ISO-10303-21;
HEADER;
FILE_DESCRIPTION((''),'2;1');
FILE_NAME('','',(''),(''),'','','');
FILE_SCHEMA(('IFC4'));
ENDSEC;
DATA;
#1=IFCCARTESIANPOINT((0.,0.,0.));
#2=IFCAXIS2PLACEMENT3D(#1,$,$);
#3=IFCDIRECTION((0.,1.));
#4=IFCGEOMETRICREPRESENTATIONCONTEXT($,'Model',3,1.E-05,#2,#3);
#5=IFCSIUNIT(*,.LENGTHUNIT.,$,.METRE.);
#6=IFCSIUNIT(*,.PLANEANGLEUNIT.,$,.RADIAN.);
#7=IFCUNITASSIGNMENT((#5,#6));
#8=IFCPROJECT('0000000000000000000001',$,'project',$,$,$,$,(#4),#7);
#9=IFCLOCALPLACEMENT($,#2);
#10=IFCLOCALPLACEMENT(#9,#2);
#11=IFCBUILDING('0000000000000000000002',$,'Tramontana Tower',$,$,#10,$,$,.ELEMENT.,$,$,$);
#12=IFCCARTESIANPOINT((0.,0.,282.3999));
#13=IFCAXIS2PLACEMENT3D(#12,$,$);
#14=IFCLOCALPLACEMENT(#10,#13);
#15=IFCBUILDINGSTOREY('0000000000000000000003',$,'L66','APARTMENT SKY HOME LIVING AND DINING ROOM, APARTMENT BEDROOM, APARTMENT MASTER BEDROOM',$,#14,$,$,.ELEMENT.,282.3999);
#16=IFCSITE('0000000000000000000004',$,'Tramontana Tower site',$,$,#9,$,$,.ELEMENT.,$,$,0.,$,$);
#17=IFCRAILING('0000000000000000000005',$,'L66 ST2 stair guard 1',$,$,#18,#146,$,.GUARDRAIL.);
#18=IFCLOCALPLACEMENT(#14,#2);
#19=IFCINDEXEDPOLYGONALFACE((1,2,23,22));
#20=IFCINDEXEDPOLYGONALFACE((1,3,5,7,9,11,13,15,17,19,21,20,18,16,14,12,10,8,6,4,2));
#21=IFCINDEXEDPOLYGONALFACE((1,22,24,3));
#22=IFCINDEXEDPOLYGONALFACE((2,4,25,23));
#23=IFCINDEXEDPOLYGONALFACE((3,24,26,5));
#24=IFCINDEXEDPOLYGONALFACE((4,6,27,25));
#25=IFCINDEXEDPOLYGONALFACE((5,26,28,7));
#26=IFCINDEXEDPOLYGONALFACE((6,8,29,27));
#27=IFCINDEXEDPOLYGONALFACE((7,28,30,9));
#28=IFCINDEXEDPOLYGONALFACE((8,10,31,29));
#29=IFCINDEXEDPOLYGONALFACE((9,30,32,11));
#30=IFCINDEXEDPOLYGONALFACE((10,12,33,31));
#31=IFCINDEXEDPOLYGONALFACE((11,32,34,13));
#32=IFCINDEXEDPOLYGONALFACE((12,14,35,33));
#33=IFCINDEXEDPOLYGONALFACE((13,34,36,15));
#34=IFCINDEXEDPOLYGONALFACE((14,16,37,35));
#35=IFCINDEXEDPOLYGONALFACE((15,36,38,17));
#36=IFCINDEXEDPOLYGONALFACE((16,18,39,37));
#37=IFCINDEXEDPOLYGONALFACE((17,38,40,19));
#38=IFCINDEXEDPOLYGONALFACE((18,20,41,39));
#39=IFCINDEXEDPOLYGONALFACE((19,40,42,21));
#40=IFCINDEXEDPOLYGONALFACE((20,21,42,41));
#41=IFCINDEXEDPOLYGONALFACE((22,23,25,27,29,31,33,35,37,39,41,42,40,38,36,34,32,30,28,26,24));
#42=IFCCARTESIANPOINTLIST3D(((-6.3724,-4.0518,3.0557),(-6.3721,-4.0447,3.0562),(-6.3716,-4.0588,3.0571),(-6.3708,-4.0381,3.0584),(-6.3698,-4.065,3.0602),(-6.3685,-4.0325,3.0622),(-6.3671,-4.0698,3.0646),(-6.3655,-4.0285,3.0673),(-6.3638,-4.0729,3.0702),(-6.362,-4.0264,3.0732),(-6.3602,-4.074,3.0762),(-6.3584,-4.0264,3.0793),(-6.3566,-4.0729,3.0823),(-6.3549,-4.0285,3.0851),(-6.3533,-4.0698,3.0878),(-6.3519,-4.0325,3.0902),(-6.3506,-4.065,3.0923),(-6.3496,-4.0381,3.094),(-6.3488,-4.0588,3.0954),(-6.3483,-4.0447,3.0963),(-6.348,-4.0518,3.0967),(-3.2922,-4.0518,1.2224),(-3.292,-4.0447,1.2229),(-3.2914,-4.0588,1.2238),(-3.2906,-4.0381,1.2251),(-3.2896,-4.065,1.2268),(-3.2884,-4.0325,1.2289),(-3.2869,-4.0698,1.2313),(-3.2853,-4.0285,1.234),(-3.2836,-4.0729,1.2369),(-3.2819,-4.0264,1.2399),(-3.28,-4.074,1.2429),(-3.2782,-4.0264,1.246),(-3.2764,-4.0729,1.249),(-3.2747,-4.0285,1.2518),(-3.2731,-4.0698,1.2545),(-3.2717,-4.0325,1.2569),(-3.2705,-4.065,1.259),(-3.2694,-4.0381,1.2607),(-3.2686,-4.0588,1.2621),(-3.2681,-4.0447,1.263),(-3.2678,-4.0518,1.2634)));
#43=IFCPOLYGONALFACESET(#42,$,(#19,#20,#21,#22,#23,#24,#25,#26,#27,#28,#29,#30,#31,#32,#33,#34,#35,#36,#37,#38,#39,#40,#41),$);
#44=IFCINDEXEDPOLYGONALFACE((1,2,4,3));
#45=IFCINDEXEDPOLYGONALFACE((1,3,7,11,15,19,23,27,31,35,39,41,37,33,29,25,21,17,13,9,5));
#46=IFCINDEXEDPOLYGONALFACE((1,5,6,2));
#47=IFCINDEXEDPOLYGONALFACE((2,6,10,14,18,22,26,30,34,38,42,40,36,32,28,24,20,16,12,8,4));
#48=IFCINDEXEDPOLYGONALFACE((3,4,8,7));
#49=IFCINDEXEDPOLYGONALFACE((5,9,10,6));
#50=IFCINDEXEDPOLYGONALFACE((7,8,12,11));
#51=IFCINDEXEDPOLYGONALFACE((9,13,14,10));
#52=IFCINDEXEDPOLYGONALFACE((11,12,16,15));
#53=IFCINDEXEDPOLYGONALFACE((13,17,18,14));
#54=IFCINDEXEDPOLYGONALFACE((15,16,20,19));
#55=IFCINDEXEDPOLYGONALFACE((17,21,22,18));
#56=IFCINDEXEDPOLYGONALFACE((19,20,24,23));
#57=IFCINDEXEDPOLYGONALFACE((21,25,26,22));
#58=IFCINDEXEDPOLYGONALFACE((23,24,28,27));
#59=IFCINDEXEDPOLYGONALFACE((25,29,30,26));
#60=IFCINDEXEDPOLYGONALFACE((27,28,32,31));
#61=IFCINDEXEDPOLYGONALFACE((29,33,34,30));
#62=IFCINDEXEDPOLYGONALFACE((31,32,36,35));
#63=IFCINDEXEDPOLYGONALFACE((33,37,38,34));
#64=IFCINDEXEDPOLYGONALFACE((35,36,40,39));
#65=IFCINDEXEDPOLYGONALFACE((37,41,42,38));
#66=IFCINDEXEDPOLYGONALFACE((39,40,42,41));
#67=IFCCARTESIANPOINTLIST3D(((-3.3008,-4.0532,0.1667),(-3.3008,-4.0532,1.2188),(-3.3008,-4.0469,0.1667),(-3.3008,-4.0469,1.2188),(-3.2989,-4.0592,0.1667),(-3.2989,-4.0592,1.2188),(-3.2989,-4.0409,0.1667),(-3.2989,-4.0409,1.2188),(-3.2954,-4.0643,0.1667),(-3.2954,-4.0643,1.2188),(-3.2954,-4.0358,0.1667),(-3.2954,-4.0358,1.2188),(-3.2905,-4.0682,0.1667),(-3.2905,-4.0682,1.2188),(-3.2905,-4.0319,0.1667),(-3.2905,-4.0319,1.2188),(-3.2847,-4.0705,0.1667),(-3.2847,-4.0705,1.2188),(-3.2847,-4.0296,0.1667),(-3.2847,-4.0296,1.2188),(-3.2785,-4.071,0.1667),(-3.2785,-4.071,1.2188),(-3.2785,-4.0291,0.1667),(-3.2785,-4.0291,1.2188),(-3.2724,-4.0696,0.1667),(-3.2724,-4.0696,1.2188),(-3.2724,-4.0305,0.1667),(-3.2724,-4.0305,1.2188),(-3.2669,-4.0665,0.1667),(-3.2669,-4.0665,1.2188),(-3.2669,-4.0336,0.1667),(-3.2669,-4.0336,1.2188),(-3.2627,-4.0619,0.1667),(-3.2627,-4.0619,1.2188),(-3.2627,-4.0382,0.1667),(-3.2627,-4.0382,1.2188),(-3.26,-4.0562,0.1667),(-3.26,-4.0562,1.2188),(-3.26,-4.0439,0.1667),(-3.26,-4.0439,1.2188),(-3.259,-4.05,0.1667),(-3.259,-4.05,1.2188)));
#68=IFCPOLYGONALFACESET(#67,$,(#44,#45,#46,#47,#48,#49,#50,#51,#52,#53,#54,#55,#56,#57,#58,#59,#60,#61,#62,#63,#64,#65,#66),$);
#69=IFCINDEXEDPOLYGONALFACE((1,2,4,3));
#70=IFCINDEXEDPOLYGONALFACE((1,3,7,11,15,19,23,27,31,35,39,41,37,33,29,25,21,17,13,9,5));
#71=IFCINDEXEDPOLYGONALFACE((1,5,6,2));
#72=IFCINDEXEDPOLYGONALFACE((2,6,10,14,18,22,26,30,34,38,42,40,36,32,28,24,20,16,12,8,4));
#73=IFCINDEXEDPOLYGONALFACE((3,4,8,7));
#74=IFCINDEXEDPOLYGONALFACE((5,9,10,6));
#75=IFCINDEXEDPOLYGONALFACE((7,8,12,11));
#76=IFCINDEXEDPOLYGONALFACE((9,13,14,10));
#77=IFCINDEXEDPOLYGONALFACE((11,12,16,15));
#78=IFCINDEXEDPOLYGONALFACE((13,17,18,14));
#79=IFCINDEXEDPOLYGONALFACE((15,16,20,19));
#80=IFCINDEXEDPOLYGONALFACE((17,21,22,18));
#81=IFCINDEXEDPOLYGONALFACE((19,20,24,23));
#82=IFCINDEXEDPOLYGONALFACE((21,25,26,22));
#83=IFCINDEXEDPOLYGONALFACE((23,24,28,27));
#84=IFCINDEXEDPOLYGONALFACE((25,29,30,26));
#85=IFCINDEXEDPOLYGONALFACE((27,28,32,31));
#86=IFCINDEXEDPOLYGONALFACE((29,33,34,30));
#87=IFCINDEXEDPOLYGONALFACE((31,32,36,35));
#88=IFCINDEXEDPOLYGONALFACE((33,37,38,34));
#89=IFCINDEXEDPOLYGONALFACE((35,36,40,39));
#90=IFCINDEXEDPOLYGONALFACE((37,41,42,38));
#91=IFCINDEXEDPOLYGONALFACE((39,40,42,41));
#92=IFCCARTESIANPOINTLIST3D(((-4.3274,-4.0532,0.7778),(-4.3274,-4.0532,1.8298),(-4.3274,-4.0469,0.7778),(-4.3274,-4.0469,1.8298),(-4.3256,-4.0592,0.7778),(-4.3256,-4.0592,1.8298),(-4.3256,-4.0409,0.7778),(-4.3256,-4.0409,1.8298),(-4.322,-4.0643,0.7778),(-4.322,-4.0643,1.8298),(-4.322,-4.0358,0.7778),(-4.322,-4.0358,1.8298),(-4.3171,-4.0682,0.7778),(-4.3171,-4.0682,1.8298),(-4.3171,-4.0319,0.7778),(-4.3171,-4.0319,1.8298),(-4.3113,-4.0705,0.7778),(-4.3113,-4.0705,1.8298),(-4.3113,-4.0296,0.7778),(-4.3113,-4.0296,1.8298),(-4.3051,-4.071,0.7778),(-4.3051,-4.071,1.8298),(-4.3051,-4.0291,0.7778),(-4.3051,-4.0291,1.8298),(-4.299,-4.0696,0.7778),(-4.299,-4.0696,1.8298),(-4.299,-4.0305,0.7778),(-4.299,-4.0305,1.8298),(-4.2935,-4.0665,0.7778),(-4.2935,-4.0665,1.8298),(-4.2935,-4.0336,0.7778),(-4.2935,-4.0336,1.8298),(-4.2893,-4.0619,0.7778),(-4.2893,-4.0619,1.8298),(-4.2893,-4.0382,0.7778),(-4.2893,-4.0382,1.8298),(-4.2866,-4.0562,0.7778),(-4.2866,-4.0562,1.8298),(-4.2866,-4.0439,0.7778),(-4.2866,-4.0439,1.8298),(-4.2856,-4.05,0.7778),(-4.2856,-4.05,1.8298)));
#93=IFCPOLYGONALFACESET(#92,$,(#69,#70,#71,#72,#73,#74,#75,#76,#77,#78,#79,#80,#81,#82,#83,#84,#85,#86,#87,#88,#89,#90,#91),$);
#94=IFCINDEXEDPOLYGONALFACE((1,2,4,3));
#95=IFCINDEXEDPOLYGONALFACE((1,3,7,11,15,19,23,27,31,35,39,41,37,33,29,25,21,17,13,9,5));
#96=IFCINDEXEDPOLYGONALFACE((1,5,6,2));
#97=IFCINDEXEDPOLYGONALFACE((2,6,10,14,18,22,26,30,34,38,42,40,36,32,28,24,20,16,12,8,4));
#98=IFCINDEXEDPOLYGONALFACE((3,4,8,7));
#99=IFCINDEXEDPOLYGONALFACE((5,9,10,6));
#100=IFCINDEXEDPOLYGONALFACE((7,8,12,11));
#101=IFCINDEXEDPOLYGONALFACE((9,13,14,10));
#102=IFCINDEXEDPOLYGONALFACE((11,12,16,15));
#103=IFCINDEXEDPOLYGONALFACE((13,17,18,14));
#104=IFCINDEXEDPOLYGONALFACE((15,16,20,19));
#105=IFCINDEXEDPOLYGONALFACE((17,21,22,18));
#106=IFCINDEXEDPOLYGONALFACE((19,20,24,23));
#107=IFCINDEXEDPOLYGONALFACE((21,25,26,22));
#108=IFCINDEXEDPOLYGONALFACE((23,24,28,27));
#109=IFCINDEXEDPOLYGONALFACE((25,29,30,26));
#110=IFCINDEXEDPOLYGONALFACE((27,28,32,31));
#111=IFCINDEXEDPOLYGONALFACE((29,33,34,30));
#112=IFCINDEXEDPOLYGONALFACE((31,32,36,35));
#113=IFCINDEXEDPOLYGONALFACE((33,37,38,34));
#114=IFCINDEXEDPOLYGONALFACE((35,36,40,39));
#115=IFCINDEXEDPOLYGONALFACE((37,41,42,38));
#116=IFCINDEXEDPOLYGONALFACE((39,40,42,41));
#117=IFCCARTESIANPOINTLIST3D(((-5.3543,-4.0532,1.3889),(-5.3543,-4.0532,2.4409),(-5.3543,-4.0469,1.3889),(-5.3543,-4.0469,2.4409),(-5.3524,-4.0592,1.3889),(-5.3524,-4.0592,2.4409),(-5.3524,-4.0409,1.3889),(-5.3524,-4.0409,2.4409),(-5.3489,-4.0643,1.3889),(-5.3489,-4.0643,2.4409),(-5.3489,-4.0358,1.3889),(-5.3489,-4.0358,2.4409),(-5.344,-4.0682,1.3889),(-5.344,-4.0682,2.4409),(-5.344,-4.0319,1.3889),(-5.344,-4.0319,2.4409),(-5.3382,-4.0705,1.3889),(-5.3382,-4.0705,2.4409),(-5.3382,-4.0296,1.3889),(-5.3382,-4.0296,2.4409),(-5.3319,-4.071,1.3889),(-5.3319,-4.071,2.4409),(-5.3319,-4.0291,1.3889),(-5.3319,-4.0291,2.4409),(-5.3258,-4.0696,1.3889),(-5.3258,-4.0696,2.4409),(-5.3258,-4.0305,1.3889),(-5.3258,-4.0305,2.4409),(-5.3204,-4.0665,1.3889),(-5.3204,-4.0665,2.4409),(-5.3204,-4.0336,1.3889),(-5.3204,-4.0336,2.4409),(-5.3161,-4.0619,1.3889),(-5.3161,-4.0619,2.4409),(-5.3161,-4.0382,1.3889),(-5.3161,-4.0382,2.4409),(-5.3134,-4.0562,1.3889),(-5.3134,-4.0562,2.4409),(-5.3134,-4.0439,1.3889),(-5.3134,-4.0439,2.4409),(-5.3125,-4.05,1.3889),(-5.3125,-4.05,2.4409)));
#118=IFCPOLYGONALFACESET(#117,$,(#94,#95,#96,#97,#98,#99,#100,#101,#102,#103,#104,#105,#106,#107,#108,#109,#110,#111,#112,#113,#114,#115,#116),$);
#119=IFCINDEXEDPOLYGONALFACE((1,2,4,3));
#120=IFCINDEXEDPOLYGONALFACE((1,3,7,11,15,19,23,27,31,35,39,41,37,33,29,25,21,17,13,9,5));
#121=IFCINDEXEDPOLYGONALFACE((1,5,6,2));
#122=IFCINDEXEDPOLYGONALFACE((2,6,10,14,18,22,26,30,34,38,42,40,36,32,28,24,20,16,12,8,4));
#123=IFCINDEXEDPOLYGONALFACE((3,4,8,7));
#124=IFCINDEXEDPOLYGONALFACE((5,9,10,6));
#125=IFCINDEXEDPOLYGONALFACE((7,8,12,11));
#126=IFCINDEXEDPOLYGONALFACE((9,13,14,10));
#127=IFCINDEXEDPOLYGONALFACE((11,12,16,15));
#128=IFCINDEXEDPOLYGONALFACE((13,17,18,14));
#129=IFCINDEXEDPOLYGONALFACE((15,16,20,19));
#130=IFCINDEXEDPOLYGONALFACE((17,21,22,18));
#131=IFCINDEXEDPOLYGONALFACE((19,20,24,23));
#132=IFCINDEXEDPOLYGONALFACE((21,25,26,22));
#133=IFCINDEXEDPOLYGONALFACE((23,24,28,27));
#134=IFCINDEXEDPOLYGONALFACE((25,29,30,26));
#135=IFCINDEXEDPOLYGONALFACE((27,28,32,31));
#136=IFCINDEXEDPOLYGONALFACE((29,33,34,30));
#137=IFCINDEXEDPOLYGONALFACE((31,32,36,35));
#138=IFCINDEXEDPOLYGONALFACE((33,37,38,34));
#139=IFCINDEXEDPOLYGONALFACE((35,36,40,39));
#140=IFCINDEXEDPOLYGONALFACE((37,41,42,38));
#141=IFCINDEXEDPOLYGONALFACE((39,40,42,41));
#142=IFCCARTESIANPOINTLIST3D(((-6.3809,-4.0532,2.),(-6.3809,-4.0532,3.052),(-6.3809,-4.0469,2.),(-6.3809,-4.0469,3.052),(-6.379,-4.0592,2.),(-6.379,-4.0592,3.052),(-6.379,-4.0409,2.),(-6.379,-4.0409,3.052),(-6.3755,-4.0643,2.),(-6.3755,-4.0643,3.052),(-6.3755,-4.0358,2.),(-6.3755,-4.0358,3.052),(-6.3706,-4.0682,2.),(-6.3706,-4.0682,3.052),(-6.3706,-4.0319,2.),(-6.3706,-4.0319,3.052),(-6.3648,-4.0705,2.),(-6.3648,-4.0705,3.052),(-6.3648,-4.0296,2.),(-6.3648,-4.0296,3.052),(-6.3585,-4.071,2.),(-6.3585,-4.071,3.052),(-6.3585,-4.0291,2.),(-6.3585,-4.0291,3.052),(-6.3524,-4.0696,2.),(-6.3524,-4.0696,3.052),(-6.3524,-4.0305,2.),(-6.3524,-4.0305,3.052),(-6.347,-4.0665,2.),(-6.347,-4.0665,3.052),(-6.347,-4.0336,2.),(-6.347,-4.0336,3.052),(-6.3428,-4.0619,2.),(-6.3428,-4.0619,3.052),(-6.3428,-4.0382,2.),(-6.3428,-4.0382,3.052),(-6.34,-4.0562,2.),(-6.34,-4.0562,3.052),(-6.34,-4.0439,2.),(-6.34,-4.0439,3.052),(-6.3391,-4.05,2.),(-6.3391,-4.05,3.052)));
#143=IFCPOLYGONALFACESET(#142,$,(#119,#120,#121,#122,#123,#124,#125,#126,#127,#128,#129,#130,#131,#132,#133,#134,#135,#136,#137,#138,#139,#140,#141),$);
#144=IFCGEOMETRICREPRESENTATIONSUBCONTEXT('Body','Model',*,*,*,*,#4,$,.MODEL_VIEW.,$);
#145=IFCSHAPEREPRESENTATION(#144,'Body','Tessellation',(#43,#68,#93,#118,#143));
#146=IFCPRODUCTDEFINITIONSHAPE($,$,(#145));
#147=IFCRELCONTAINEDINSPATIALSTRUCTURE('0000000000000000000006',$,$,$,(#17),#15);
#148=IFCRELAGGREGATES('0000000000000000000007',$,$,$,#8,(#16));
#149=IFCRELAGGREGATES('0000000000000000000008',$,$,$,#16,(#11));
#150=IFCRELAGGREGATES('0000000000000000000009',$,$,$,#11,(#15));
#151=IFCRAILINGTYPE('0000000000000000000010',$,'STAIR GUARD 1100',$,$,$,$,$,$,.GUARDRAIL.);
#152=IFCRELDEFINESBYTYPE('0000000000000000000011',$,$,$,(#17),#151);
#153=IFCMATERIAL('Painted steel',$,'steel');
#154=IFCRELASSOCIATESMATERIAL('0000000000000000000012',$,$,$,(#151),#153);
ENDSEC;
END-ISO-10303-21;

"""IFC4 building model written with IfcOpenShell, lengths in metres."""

from ifc_helpers import new_model, si_unit, direction, frame, origin, origin_2d, place, context, subcontext, project, spatial, circle, extrude, material, type_object, element, save


model = new_model("IFC4")

# Units and contexts
model_context = context("Model", 3, precision=1e-05, world=origin(), true_north=direction((0.0, 1.0)))
body_context = subcontext(model_context, "Body", "Model", "MODEL_VIEW")
ifc_project = project(units=[si_unit("LENGTHUNIT", "METRE"), si_unit("PLANEANGLEUNIT", "RADIAN")], contexts=[model_context])

# Site, building, storey
site_placement = place(None, origin())
site = spatial("IfcSite", under=ifc_project, at=site_placement, Name="Tramontana Tower site", CompositionType="ELEMENT", RefElevation=0.0)
building_placement = place(site_placement, origin())
building = spatial("IfcBuilding", under=site, at=building_placement, Name="Tramontana Tower", CompositionType="ELEMENT")
storey_placement = place(building_placement, frame((0.0, 0.0, 282.3999)))
storey = spatial("IfcBuildingStorey", under=building, at=storey_placement, Name="L66", Description="APARTMENT SKY HOME LIVING AND DINING ROOM, APARTMENT BEDROOM, APARTMENT MASTER BEDROOM", CompositionType="ELEMENT", Elevation=282.3999)

# Railing
ifc_material_1 = material(Name="Painted steel", Category="steel")
railing_type_1 = type_object("IfcRailingType", Name="STAIR GUARD 1100", PredefinedType="GUARDRAIL", material=ifc_material_1)
railing_1_placement = place(storey_placement, frame((-3.28, -4.05, 0.1667)))
element("IfcRailing", 1, at=railing_1_placement, inside=storey, type_object=railing_type_1, Name="L66 ST2 stair guard 1", PredefinedType="GUARDRAIL", context=body_context, shape_type="SweptSolid", body=[
    extrude(circle(Radius=0.0239, at=origin_2d()), frame((0.0, 0.0, 1.0762), z_axis=(-0.859309, 0.0, 0.511458), x_axis=(0.0, -1.0, 0.0)), (0.0, 0.0, 1.0), 3.5845),
    extrude(circle(Radius=0.021, at=origin_2d()), origin(), (0.0, 0.0, 1.0), 1.052),
    extrude(circle(Radius=0.021, at=origin_2d()), frame((-1.0266, 0.0, 0.6111)), (0.0, 0.0, 1.0), 1.052),
    extrude(circle(Radius=0.021, at=origin_2d()), frame((-2.0535, 0.0, 1.2222)), (0.0, 0.0, 1.0), 1.052),
    extrude(circle(Radius=0.021, at=origin_2d()), frame((-3.0801, 0.0, 1.8333)), (0.0, 0.0, 1.0), 1.052),
])

save(model, "model.ifc")
